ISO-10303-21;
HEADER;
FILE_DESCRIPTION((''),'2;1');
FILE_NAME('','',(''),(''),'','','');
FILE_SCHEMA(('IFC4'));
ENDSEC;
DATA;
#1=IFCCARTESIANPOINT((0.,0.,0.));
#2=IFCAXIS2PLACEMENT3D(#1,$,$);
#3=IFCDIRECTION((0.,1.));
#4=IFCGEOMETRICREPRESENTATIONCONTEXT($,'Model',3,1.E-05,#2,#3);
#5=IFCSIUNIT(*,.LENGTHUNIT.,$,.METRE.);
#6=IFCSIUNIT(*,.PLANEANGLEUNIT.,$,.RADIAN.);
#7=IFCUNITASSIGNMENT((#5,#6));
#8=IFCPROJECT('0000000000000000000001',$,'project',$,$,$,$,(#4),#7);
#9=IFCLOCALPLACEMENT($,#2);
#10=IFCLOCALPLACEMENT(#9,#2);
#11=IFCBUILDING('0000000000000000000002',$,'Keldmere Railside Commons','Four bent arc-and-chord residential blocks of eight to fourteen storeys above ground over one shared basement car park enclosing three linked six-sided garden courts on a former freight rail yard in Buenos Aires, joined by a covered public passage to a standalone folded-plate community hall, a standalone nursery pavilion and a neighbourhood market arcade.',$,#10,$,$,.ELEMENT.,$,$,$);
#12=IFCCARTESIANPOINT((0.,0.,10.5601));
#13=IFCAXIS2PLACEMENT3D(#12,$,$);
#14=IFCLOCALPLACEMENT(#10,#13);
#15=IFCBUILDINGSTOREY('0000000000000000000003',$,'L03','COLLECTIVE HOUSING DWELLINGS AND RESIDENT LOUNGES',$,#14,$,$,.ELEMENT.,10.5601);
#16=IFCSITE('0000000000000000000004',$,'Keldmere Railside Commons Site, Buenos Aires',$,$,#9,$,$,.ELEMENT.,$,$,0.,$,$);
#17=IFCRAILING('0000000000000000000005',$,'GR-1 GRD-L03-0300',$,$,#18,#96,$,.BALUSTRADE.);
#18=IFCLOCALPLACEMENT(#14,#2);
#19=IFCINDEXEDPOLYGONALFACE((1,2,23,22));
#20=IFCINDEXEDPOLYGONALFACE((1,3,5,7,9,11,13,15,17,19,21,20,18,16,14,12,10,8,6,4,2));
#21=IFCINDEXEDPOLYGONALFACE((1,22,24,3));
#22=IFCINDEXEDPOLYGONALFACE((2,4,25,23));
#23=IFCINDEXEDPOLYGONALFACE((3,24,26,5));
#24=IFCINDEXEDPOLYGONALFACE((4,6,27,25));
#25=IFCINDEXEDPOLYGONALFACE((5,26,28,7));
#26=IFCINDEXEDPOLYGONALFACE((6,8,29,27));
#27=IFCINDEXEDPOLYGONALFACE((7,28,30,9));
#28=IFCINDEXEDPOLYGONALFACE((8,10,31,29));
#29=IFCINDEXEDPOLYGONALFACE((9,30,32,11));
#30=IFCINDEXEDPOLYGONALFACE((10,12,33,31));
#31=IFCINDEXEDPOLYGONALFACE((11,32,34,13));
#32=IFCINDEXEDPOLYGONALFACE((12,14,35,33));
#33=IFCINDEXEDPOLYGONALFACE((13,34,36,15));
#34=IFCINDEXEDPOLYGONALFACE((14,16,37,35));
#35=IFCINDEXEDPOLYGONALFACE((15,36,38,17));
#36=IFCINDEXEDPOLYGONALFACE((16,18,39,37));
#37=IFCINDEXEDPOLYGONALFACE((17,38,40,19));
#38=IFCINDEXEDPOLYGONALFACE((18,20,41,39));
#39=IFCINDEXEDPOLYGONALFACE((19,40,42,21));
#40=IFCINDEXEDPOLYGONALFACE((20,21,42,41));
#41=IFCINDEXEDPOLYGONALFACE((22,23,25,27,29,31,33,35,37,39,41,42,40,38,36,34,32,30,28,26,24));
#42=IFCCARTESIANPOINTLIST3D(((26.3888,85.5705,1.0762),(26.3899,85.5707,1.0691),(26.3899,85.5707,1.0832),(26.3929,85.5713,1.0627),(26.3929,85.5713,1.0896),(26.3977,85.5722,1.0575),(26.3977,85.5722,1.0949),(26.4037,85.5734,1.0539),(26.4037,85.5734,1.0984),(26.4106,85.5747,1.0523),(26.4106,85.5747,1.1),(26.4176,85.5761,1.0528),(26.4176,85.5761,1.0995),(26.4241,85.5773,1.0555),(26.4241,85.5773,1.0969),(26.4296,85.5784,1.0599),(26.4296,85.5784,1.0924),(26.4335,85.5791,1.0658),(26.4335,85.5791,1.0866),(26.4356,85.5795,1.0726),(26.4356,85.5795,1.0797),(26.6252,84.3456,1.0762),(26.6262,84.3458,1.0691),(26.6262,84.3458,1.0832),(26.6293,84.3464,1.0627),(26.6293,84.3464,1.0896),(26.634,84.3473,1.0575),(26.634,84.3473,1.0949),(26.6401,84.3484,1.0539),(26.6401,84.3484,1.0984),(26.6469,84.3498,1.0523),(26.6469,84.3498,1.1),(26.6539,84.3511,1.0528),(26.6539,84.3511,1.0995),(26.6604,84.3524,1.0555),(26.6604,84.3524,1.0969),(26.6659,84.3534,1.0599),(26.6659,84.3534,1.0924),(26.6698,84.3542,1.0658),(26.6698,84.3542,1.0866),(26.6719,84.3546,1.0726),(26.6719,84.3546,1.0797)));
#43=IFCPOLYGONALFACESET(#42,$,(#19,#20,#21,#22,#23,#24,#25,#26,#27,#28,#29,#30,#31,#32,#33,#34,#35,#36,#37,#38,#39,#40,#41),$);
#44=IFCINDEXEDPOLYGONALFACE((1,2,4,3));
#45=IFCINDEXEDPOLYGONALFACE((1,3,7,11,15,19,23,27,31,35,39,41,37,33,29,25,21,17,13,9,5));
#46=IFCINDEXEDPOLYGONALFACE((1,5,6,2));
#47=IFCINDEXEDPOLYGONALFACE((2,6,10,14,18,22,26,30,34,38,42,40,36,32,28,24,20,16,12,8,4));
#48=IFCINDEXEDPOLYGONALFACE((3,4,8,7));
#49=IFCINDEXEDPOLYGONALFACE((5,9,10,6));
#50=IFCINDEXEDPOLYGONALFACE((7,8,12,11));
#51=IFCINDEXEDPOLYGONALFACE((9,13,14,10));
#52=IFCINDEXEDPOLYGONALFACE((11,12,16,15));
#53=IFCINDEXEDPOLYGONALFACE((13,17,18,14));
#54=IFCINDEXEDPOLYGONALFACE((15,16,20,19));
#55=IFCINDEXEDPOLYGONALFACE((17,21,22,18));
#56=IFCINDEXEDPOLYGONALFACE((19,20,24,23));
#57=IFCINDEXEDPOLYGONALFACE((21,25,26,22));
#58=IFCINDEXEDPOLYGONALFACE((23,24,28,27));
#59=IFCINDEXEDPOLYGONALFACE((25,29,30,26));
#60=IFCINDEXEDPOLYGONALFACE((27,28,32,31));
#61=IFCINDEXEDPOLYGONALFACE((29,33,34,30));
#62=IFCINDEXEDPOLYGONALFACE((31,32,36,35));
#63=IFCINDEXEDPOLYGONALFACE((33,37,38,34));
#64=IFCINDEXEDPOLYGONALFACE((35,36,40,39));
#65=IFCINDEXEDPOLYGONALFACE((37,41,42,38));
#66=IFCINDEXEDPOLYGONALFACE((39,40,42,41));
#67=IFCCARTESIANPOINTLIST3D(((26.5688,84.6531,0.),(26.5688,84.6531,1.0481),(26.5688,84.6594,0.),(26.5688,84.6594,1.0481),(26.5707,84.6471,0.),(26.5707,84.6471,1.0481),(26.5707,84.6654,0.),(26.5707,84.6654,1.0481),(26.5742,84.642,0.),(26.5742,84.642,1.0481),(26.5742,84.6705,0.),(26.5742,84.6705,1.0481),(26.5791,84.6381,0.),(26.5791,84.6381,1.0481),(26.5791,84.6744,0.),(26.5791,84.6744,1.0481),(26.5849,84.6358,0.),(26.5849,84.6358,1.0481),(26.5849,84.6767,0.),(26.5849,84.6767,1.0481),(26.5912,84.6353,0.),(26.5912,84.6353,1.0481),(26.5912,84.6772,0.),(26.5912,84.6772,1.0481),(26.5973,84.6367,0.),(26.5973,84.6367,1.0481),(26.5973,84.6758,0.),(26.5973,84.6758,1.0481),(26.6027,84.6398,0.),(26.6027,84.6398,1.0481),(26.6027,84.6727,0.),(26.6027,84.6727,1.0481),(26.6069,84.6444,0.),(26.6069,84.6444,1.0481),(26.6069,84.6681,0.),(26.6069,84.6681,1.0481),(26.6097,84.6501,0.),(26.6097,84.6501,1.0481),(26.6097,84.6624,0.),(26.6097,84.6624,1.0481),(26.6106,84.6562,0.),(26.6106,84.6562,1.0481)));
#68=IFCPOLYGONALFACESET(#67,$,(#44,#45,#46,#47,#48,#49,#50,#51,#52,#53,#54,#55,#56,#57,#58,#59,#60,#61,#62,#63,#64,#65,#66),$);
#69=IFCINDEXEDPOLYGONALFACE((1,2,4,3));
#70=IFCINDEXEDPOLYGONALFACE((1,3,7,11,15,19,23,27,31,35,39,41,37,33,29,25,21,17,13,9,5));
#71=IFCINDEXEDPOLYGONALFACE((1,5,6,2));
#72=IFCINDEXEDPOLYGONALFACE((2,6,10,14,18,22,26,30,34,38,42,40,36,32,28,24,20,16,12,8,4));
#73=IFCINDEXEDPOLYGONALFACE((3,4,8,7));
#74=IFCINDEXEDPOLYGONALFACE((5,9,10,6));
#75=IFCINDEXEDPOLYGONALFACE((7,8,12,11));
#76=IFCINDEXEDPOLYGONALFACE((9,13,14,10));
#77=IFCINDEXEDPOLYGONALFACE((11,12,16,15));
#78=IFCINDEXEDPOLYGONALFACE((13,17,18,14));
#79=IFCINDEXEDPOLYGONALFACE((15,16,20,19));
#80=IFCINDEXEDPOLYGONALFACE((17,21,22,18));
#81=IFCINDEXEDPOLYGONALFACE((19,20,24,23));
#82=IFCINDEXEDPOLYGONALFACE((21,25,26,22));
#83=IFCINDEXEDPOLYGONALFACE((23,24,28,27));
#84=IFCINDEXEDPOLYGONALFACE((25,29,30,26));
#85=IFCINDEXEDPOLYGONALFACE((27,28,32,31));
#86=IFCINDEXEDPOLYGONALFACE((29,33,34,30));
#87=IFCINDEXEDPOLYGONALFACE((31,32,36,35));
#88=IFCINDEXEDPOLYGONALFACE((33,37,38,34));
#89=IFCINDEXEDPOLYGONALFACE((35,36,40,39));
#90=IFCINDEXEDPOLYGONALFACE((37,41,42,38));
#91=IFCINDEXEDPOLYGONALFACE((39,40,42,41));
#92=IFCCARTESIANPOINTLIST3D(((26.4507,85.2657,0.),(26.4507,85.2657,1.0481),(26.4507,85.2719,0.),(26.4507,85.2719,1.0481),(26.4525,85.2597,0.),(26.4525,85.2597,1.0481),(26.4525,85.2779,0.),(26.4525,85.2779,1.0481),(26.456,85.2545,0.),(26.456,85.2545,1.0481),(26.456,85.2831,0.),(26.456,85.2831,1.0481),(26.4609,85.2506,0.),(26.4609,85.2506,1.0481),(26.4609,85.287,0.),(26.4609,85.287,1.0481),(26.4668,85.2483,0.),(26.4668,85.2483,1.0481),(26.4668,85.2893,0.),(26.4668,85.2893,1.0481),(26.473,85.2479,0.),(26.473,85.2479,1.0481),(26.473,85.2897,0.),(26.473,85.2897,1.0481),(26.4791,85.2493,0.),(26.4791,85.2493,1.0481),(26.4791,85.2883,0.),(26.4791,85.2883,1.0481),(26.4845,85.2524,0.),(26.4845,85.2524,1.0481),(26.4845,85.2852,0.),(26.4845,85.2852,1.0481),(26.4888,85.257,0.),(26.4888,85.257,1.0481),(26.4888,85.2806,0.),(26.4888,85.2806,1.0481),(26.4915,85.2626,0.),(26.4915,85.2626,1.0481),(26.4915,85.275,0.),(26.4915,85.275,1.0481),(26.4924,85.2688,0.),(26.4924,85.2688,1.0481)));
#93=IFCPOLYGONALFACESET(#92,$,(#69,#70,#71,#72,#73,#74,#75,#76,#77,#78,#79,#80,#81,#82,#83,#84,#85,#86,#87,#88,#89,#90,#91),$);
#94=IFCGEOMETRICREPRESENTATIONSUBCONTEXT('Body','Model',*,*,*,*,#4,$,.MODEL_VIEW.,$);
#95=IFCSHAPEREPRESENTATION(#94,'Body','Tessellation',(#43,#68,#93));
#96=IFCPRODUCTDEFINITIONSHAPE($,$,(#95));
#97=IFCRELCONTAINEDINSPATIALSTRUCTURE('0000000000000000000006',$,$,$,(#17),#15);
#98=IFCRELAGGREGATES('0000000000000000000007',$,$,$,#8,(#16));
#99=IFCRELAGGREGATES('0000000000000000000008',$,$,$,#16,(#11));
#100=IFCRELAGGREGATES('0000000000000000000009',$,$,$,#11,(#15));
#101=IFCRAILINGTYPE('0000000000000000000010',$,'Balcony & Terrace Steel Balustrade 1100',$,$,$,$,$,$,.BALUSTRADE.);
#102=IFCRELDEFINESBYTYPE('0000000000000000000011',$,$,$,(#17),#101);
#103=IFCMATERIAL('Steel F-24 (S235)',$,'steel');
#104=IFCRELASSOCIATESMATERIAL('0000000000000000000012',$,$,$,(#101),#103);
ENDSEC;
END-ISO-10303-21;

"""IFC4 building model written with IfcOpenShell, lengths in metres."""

from ifc_helpers import new_model, si_unit, direction, frame, origin, origin_2d, place, context, subcontext, project, spatial, circle, extrude, material, type_object, element, save


model = new_model("IFC4")

# Units and contexts
model_context = context("Model", 3, precision=1e-05, world=origin(), true_north=direction((0.0, 1.0)))
body_context = subcontext(model_context, "Body", "Model", "MODEL_VIEW")
ifc_project = project(units=[si_unit("LENGTHUNIT", "METRE"), si_unit("PLANEANGLEUNIT", "RADIAN")], contexts=[model_context])

# Site, building, storey
site_placement = place(None, origin())
site = spatial("IfcSite", under=ifc_project, at=site_placement, Name="Keldmere Railside Commons Site, Buenos Aires", CompositionType="ELEMENT", RefElevation=0.0)
building_placement = place(site_placement, origin())
building = spatial("IfcBuilding", under=site, at=building_placement, Name="Keldmere Railside Commons", Description="Four bent arc-and-chord residential blocks of eight to fourteen storeys above ground over one shared basement car park enclosing three linked six-sided garden courts on a former freight rail yard in Buenos Aires, joined by a covered public passage to a standalone folded-plate community hall, a standalone nursery pavilion and a neighbourhood market arcade.", CompositionType="ELEMENT")
storey_placement = place(building_placement, frame((0.0, 0.0, 10.5601)))
storey = spatial("IfcBuildingStorey", under=building, at=storey_placement, Name="L03", Description="COLLECTIVE HOUSING DWELLINGS AND RESIDENT LOUNGES", CompositionType="ELEMENT", Elevation=10.5601)

# Railing
ifc_material_1 = material(Name="Steel F-24 (S235)", Category="steel")
railing_type = type_object("IfcRailingType", Name="Balcony & Terrace Steel Balustrade 1100", PredefinedType="BALUSTRADE", material=ifc_material_1)
railing_1_placement = place(storey_placement, frame((26.6487, 84.3501, 0.0)))
element("IfcRailing", 1, at=railing_1_placement, inside=storey, type_object=railing_type, Name="GR-1 GRD-L03-0300", PredefinedType="BALUSTRADE", context=body_context, shape_type="SweptSolid", body=[
    extrude(circle(Radius=0.0239, at=origin_2d()), frame((0.0, 0.0, 1.0762), z_axis=(-0.18945, 0.98189, 0.0), x_axis=(-0.98189, -0.18945, 0.0)), (0.0, 0.0, 1.0), 1.2476),
    extrude(circle(Radius=0.021, at=origin_2d()), frame((-0.0591, 0.3062, 0.0)), (0.0, 0.0, 1.0), 1.0481),
    extrude(circle(Radius=0.021, at=origin_2d()), frame((-0.1772, 0.9187, 0.0)), (0.0, 0.0, 1.0), 1.0481),
])

save(model, "model.ifc")
